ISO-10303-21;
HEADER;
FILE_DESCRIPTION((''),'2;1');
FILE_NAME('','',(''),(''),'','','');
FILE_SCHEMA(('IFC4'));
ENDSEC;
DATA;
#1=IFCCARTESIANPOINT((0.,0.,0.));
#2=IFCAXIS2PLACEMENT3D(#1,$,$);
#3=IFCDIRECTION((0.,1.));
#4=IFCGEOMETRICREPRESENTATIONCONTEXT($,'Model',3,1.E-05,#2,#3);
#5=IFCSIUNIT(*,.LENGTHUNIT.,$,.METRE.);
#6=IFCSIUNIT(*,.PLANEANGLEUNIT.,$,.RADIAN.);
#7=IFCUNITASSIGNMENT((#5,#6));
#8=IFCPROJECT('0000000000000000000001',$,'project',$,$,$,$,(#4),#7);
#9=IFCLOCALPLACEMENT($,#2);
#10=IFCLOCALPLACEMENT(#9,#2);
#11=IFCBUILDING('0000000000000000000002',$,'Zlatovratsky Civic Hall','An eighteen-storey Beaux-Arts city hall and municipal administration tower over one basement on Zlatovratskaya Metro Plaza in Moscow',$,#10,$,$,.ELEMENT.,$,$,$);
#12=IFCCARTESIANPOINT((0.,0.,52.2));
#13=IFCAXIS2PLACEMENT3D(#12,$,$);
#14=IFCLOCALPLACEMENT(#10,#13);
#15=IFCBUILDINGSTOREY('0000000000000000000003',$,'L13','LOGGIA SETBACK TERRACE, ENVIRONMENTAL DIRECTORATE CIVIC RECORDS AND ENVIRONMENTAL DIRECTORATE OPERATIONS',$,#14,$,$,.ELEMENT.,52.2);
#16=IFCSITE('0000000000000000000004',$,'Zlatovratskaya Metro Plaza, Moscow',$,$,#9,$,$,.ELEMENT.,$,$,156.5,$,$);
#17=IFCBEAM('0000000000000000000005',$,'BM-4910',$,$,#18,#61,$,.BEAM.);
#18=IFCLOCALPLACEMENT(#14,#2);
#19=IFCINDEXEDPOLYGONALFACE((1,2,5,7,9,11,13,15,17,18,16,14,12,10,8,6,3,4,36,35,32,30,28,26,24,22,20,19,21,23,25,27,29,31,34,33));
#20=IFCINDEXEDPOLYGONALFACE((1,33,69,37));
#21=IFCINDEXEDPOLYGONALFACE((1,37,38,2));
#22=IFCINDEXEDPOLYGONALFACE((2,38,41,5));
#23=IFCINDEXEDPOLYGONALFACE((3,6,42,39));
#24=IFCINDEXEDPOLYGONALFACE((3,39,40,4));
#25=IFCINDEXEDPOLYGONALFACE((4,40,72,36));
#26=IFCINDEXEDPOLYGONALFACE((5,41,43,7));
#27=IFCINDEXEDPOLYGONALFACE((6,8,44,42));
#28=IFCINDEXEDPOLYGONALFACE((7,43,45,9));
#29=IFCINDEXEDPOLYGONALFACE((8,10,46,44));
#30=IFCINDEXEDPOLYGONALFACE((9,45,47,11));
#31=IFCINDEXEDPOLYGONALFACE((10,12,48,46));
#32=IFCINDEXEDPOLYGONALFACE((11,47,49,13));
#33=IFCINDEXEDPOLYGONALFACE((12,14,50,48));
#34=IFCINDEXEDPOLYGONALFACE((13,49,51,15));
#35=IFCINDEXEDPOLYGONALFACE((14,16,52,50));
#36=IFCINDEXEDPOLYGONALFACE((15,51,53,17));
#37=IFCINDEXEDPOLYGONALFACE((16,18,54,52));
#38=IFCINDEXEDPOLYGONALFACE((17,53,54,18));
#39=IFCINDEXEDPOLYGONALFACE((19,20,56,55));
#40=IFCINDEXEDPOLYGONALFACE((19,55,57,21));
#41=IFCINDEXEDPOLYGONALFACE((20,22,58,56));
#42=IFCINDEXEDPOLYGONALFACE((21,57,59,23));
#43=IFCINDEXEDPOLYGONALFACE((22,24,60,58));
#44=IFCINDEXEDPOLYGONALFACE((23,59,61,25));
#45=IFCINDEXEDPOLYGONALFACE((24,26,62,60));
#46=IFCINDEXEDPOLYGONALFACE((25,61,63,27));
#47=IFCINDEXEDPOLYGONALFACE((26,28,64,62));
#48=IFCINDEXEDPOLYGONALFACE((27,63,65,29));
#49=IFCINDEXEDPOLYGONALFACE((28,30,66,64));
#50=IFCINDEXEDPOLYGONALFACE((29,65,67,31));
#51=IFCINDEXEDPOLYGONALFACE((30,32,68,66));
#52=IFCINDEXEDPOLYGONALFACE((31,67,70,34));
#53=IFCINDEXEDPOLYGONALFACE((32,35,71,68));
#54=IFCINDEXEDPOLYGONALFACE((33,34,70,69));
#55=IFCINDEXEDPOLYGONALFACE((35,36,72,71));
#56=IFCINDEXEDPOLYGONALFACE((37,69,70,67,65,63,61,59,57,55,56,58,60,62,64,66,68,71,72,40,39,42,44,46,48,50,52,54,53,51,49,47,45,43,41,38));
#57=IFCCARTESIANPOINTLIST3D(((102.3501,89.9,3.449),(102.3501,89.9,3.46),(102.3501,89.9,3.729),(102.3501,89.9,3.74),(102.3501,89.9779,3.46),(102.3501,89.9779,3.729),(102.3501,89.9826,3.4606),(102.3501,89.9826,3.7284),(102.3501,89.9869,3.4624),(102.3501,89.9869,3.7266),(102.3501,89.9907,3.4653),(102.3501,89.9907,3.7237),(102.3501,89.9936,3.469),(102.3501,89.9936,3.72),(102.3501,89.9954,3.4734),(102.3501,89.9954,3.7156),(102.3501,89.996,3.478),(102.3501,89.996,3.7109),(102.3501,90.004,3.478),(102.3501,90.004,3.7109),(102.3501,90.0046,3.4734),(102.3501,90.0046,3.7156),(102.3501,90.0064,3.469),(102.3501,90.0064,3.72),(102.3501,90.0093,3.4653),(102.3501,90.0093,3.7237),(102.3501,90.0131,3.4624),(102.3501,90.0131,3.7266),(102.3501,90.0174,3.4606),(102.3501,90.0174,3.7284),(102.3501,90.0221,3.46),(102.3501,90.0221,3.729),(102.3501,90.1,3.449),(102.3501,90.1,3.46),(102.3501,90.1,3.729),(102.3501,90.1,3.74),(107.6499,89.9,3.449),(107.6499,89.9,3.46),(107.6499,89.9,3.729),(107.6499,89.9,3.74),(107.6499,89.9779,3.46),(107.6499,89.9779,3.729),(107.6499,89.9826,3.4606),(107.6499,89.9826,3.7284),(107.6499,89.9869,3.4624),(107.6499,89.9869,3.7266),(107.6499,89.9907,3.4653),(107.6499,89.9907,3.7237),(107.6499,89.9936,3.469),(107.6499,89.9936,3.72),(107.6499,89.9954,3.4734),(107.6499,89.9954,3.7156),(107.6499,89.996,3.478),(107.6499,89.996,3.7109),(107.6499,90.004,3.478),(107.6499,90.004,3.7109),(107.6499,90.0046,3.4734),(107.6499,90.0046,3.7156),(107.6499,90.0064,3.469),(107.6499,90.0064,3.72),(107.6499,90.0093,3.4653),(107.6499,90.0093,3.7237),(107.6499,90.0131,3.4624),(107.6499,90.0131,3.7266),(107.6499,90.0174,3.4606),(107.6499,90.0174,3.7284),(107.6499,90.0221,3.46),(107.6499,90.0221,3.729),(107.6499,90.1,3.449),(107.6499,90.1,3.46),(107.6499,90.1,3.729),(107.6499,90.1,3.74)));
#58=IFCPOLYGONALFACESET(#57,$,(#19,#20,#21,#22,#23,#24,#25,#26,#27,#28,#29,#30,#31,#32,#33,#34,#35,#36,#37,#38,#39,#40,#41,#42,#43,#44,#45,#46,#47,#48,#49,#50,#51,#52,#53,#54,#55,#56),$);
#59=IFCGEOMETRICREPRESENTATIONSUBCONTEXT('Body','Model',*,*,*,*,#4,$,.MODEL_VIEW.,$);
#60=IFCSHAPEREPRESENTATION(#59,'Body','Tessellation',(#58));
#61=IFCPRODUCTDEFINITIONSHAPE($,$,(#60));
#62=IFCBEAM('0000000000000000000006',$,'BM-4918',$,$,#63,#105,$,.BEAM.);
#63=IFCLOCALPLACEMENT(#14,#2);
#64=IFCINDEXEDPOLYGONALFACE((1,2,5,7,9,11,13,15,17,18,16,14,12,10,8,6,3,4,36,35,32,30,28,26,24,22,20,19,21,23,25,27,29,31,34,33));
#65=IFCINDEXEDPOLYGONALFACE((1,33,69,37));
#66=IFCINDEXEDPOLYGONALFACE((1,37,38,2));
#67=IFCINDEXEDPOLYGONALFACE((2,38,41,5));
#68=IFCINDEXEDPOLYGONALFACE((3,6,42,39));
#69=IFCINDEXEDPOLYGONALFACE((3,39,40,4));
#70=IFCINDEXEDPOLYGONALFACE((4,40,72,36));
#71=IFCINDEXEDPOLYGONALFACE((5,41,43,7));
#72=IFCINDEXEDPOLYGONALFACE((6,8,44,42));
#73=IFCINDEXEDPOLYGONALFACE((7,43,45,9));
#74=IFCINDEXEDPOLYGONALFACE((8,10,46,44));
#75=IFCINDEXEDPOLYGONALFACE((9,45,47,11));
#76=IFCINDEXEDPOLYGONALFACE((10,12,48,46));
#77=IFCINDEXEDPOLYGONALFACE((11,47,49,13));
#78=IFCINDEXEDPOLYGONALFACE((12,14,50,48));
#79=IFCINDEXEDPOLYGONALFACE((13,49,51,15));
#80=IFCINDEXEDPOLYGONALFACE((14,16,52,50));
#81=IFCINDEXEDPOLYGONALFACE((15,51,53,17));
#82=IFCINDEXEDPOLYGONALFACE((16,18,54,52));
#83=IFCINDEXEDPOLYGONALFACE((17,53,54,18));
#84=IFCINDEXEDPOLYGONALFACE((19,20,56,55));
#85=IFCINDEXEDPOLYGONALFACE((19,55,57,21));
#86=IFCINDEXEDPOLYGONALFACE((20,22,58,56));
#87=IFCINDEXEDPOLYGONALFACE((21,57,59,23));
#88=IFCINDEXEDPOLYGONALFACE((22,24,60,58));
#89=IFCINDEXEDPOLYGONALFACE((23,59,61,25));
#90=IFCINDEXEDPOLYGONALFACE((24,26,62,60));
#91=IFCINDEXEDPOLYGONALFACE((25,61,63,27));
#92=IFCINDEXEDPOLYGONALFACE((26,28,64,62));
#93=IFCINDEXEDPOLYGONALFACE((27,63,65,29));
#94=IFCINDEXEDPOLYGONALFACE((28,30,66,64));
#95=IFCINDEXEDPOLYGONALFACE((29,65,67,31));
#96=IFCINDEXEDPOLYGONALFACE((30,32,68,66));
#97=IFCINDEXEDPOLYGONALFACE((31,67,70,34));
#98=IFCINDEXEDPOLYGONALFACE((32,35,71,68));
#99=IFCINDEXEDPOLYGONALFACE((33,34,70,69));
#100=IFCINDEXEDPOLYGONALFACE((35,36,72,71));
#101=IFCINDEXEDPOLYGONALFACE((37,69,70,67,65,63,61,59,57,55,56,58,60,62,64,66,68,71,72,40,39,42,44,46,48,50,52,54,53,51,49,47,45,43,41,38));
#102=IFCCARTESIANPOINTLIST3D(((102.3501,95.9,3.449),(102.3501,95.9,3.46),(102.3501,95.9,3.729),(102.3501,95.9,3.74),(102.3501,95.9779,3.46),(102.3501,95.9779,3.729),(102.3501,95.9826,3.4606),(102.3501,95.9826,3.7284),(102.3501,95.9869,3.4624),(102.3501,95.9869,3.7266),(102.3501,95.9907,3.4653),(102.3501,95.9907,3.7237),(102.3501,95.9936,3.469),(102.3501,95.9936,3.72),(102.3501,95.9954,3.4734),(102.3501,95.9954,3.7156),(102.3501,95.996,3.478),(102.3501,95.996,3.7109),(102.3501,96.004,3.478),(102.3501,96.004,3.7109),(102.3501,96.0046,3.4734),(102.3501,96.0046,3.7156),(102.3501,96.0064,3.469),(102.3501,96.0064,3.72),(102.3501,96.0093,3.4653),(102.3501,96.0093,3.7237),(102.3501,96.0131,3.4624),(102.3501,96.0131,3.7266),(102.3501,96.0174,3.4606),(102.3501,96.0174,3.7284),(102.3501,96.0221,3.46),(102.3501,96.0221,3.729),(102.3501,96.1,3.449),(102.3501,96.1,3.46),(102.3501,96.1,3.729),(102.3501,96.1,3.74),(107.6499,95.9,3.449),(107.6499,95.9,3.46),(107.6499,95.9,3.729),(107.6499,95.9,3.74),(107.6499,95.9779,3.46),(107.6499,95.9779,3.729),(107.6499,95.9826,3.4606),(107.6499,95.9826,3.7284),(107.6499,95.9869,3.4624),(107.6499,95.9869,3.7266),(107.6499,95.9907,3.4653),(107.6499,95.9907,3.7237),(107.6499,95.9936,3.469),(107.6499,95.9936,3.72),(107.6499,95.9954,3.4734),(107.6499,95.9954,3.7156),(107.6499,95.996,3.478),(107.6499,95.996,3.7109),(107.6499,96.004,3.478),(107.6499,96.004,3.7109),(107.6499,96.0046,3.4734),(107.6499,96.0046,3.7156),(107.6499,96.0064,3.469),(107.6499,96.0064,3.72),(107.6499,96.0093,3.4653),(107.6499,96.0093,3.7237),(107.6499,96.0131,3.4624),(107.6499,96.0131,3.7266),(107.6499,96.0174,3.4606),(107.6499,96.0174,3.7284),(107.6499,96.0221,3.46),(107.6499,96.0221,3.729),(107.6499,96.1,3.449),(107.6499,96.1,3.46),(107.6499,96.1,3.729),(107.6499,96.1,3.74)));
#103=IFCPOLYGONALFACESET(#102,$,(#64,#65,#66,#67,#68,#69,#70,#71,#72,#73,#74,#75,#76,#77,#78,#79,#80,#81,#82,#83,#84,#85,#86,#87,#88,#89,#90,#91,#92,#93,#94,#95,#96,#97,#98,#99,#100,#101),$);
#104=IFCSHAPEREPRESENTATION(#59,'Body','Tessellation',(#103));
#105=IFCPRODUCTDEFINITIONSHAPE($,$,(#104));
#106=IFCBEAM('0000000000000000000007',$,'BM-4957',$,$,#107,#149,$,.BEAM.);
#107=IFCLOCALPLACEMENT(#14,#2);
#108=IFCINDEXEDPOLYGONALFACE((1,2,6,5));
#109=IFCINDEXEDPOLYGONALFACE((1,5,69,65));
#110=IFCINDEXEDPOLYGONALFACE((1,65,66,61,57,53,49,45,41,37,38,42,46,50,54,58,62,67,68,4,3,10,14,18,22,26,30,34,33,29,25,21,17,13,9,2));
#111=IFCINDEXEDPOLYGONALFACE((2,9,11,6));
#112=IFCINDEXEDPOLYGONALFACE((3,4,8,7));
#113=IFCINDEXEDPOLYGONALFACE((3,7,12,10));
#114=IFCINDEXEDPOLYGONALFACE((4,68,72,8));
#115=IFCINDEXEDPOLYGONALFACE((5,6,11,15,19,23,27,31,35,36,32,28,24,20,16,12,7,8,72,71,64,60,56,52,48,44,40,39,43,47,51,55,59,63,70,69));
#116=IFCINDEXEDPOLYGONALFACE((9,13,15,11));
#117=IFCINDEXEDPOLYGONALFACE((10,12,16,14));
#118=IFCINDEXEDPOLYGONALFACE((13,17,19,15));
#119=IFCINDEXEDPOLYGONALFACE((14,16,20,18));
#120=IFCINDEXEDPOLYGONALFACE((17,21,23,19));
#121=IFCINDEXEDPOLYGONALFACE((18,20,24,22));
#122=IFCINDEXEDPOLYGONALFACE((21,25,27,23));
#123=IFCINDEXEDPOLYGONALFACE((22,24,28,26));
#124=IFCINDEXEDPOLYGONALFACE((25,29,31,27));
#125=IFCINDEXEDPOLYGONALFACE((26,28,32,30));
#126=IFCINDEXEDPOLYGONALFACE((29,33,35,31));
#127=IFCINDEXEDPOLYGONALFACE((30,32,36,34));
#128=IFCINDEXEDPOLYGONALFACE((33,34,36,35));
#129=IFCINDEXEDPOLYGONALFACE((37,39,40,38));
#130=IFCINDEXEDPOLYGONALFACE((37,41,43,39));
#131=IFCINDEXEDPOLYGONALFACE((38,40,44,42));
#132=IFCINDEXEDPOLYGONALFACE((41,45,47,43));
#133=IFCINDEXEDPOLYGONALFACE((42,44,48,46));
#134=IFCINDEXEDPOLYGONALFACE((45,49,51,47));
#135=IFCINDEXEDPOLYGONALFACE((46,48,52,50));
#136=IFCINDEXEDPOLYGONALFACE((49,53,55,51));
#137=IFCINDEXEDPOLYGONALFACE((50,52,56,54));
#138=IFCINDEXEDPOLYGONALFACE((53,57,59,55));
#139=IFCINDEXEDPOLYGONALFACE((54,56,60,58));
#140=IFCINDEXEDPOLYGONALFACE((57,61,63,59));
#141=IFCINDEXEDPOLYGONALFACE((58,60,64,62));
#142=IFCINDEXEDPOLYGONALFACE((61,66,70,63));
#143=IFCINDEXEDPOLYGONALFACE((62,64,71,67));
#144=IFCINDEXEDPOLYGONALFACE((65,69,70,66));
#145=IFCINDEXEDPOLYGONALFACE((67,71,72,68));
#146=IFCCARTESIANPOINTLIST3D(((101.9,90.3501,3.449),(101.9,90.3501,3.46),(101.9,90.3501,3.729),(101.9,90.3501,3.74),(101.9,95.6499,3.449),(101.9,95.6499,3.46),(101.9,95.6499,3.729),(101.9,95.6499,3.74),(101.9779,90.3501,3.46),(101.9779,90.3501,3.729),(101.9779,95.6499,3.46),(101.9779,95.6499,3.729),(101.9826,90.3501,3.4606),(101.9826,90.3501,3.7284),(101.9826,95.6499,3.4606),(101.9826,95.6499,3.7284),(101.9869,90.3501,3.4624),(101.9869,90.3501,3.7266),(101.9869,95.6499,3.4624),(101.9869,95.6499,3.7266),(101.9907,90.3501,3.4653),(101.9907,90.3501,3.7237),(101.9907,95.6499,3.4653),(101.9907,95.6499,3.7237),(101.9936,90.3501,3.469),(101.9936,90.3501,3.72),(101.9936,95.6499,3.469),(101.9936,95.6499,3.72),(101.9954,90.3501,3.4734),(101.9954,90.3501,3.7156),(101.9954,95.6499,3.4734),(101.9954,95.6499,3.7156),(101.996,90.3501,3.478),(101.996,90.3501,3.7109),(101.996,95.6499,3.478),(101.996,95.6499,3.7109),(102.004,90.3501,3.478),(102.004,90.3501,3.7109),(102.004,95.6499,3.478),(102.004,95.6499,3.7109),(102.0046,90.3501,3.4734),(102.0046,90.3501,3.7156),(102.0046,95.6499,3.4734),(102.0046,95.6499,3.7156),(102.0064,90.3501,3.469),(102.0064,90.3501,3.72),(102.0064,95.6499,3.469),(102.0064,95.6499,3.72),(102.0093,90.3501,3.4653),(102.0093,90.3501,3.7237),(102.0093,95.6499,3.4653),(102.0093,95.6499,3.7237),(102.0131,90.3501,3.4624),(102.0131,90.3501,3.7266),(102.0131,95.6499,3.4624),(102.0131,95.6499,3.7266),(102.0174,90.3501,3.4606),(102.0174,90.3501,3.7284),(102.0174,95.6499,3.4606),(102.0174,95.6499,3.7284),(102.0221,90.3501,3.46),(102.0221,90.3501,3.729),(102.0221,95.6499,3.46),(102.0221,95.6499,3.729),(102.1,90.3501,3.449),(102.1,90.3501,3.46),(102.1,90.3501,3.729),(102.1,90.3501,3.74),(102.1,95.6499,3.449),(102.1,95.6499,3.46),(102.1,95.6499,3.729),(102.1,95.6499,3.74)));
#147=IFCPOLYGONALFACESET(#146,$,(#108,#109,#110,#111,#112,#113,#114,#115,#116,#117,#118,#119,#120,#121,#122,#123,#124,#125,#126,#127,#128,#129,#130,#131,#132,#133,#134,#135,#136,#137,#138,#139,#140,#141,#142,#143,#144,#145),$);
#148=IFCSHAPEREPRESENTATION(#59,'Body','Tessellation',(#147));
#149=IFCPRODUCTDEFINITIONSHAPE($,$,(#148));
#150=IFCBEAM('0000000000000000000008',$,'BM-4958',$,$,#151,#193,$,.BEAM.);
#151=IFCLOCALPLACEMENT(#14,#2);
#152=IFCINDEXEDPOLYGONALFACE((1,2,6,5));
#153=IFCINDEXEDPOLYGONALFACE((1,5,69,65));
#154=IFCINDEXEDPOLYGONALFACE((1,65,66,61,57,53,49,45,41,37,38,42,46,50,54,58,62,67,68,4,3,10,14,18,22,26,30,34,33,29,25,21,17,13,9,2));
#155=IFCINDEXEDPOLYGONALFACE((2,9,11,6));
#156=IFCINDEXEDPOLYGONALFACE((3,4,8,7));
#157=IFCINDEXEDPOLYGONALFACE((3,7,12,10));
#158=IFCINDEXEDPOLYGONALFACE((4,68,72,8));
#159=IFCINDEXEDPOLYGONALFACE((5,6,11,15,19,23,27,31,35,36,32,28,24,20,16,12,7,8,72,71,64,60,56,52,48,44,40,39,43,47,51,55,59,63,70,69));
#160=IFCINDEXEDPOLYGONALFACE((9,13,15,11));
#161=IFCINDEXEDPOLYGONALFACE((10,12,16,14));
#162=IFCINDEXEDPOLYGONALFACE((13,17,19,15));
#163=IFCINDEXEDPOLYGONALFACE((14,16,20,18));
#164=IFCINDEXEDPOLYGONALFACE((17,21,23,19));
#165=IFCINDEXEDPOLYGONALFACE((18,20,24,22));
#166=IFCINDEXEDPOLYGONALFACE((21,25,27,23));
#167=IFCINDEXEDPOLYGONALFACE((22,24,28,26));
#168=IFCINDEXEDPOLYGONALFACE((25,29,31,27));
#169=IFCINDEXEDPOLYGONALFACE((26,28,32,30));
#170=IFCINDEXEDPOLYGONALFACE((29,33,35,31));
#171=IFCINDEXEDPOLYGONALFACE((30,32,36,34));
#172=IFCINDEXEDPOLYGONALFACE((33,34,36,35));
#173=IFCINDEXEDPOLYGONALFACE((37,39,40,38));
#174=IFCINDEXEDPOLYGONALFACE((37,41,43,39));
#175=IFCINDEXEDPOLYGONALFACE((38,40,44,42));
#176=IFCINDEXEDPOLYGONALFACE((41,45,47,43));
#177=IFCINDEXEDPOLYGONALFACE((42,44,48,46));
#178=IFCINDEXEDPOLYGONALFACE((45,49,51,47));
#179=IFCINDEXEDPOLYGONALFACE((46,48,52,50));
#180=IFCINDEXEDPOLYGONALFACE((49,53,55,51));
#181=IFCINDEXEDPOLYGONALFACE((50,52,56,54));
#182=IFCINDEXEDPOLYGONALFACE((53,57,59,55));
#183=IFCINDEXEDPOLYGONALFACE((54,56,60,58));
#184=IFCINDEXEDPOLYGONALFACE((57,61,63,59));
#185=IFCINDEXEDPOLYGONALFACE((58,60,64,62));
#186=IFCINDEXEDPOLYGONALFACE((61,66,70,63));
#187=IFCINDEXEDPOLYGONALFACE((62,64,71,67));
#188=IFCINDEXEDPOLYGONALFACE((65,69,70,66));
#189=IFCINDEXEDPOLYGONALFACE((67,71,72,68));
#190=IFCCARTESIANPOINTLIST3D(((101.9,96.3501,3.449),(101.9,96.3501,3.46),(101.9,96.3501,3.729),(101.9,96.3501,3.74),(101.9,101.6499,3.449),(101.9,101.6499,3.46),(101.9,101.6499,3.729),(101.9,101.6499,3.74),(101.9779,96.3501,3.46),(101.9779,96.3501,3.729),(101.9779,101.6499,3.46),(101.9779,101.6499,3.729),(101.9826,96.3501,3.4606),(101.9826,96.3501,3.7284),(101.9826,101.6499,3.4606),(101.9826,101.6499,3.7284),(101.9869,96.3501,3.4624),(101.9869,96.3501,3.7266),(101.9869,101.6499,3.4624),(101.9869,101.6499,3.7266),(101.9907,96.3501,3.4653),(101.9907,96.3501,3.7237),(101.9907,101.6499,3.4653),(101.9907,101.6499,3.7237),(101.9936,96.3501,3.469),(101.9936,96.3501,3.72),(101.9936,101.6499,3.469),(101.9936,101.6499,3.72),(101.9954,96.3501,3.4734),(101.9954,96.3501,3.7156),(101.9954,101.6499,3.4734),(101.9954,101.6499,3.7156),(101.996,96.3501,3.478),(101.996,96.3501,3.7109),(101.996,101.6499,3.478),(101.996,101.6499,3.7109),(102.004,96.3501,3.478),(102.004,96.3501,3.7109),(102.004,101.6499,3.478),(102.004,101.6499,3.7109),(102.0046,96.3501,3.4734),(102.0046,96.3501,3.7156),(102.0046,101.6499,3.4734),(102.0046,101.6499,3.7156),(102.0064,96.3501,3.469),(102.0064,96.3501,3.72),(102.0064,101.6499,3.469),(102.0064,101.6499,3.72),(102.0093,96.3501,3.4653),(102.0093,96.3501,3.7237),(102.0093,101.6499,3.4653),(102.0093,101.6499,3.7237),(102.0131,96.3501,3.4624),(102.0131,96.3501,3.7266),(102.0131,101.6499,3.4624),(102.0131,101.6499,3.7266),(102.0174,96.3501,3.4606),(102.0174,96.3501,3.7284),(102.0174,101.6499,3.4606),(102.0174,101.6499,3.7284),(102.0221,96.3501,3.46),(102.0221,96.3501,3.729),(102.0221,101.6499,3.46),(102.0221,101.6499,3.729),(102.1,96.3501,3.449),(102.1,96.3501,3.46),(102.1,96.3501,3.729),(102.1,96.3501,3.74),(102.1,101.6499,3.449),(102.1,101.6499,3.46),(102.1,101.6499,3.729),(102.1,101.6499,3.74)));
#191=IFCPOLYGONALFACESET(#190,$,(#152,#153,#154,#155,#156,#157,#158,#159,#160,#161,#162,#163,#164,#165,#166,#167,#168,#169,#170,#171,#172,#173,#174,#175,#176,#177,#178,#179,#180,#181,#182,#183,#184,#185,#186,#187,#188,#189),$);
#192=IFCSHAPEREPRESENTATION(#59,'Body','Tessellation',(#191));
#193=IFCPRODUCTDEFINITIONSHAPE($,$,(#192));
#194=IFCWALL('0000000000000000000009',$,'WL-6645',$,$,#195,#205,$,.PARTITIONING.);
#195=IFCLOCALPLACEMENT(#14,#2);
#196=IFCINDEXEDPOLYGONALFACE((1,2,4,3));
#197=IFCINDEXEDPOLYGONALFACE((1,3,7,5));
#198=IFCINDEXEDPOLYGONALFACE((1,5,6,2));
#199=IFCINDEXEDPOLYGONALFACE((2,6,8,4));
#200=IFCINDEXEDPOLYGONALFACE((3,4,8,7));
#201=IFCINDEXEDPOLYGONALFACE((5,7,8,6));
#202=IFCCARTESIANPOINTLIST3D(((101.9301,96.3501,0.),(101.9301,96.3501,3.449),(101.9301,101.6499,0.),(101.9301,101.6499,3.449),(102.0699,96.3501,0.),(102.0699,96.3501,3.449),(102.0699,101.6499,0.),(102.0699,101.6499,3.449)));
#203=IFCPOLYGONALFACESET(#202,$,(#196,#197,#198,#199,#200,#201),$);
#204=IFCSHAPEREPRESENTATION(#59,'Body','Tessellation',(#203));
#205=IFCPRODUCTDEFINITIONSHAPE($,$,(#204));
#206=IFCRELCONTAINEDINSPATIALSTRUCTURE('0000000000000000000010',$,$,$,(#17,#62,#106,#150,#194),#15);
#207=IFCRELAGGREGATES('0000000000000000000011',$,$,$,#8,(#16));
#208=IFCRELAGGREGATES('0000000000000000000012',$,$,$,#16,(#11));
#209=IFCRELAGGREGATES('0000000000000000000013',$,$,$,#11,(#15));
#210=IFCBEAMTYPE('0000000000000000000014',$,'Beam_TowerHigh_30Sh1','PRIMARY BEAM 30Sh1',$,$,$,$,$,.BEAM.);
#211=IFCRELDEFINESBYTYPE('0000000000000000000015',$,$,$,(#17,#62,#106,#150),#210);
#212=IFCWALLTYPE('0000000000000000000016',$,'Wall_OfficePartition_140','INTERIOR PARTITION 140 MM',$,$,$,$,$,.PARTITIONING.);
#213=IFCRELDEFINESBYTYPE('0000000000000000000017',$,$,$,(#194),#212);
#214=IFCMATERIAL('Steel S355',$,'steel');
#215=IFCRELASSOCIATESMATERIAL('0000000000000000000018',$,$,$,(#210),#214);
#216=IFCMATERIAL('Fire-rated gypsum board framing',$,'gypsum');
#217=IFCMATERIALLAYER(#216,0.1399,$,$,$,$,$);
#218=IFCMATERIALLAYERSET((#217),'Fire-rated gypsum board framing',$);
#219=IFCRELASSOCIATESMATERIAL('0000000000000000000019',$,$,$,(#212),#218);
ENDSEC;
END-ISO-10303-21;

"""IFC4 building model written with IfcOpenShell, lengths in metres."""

from ifc_helpers import new_model, si_unit, direction, frame, frame_2d, origin, origin_2d, place, context, subcontext, project, spatial, rectangle, i_section, extrude, material, layer, layer_set, material_profile, profile_set, type_object, element, save


model = new_model("IFC4")

# Units and contexts
model_context = context("Model", 3, precision=1e-05, world=origin(), true_north=direction((0.0, 1.0)))
body_context = subcontext(model_context, "Body", "Model", "MODEL_VIEW")
ifc_project = project(units=[si_unit("LENGTHUNIT", "METRE"), si_unit("PLANEANGLEUNIT", "RADIAN")], contexts=[model_context])

# Site, building, storey
site_placement = place(None, origin())
site = spatial("IfcSite", under=ifc_project, at=site_placement, Name="Zlatovratskaya Metro Plaza, Moscow", CompositionType="ELEMENT", RefElevation=156.5)
building_placement = place(site_placement, origin())
building = spatial("IfcBuilding", under=site, at=building_placement, Name="Zlatovratsky Civic Hall", Description="An eighteen-storey Beaux-Arts city hall and municipal administration tower over one basement on Zlatovratskaya Metro Plaza in Moscow", CompositionType="ELEMENT")
storey_placement = place(building_placement, frame((0.0, 0.0, 52.2)))
storey = spatial("IfcBuildingStorey", under=building, at=storey_placement, Name="L13", Description="LOGGIA SETBACK TERRACE, ENVIRONMENTAL DIRECTORATE CIVIC RECORDS AND ENVIRONMENTAL DIRECTORATE OPERATIONS", CompositionType="ELEMENT", Elevation=52.2)

# Beams
ifc_material_1 = material(Name="Steel S355", Category="steel")
ifc_material_profile_1 = material_profile(ifc_material_1, i_section(OverallWidth=0.2, OverallDepth=0.291, WebThickness=0.0081, FlangeThickness=0.011, FilletRadius=0.0181, at=origin_2d()), Name="30Sh1")
ifc_profile_set_1 = profile_set([ifc_material_profile_1], Name="Steel S355")
beam_type_1 = type_object("IfcBeamType", Name="Beam_TowerHigh_30Sh1", Description="PRIMARY BEAM 30Sh1", PredefinedType="BEAM", material=ifc_profile_set_1)
for number, where, z_axis, x_axis, name in (
    (1, (102.3501, 90.0, 3.5945), (1.0, 0.0, 0.0), (0.0, 1.0, 0.0), "BM-4910"),
    (2, (102.3501, 96.0, 3.5945), (1.0, 0.0, 0.0), (0.0, 1.0, 0.0), "BM-4918"),
    (3, (102.0, 90.3501, 3.5945), (0.0, 1.0, 0.0), (-1.0, 0.0, 0.0), "BM-4957"),
    (4, (102.0, 96.3501, 3.5945), (0.0, 1.0, 0.0), (-1.0, 0.0, 0.0), "BM-4958"),
):
    element("IfcBeam", number, at=place(storey_placement, frame(where, z_axis=z_axis, x_axis=x_axis)), inside=storey, type_object=beam_type_1, Name=name, PredefinedType="BEAM", context=body_context, shape_type="SweptSolid", body=[
        extrude(i_section(OverallWidth=0.2, OverallDepth=0.291, WebThickness=0.0081, FlangeThickness=0.011, FilletRadius=0.0181, at=origin_2d()), origin(), (0.0, 0.0, 1.0), 5.2998),
    ])

# Wall
ifc_material_2 = material(Name="Fire-rated gypsum board framing", Category="gypsum")
ifc_layer_1 = layer(ifc_material_2, 0.1399)
ifc_layer_set_1 = layer_set([ifc_layer_1], Name="Fire-rated gypsum board framing")
wall_type_1 = type_object("IfcWallType", Name="Wall_OfficePartition_140", Description="INTERIOR PARTITION 140 MM", PredefinedType="PARTITIONING", material=ifc_layer_set_1)
wall_1_placement = place(storey_placement, frame((102.0, 96.3501, 0.0), z_axis=(0.0, 0.0, 1.0), x_axis=(0.0, 1.0, 0.0)))
element("IfcWall", 5, at=wall_1_placement, inside=storey, type_object=wall_type_1, Name="WL-6645", PredefinedType="PARTITIONING", context=body_context, shape_type="SweptSolid", body=[
    extrude(rectangle(XDim=5.2998, YDim=0.1399, at=frame_2d((2.6499, 0.0))), origin(), (0.0, 0.0, 1.0), 3.449),
])

save(model, "model.ifc")
